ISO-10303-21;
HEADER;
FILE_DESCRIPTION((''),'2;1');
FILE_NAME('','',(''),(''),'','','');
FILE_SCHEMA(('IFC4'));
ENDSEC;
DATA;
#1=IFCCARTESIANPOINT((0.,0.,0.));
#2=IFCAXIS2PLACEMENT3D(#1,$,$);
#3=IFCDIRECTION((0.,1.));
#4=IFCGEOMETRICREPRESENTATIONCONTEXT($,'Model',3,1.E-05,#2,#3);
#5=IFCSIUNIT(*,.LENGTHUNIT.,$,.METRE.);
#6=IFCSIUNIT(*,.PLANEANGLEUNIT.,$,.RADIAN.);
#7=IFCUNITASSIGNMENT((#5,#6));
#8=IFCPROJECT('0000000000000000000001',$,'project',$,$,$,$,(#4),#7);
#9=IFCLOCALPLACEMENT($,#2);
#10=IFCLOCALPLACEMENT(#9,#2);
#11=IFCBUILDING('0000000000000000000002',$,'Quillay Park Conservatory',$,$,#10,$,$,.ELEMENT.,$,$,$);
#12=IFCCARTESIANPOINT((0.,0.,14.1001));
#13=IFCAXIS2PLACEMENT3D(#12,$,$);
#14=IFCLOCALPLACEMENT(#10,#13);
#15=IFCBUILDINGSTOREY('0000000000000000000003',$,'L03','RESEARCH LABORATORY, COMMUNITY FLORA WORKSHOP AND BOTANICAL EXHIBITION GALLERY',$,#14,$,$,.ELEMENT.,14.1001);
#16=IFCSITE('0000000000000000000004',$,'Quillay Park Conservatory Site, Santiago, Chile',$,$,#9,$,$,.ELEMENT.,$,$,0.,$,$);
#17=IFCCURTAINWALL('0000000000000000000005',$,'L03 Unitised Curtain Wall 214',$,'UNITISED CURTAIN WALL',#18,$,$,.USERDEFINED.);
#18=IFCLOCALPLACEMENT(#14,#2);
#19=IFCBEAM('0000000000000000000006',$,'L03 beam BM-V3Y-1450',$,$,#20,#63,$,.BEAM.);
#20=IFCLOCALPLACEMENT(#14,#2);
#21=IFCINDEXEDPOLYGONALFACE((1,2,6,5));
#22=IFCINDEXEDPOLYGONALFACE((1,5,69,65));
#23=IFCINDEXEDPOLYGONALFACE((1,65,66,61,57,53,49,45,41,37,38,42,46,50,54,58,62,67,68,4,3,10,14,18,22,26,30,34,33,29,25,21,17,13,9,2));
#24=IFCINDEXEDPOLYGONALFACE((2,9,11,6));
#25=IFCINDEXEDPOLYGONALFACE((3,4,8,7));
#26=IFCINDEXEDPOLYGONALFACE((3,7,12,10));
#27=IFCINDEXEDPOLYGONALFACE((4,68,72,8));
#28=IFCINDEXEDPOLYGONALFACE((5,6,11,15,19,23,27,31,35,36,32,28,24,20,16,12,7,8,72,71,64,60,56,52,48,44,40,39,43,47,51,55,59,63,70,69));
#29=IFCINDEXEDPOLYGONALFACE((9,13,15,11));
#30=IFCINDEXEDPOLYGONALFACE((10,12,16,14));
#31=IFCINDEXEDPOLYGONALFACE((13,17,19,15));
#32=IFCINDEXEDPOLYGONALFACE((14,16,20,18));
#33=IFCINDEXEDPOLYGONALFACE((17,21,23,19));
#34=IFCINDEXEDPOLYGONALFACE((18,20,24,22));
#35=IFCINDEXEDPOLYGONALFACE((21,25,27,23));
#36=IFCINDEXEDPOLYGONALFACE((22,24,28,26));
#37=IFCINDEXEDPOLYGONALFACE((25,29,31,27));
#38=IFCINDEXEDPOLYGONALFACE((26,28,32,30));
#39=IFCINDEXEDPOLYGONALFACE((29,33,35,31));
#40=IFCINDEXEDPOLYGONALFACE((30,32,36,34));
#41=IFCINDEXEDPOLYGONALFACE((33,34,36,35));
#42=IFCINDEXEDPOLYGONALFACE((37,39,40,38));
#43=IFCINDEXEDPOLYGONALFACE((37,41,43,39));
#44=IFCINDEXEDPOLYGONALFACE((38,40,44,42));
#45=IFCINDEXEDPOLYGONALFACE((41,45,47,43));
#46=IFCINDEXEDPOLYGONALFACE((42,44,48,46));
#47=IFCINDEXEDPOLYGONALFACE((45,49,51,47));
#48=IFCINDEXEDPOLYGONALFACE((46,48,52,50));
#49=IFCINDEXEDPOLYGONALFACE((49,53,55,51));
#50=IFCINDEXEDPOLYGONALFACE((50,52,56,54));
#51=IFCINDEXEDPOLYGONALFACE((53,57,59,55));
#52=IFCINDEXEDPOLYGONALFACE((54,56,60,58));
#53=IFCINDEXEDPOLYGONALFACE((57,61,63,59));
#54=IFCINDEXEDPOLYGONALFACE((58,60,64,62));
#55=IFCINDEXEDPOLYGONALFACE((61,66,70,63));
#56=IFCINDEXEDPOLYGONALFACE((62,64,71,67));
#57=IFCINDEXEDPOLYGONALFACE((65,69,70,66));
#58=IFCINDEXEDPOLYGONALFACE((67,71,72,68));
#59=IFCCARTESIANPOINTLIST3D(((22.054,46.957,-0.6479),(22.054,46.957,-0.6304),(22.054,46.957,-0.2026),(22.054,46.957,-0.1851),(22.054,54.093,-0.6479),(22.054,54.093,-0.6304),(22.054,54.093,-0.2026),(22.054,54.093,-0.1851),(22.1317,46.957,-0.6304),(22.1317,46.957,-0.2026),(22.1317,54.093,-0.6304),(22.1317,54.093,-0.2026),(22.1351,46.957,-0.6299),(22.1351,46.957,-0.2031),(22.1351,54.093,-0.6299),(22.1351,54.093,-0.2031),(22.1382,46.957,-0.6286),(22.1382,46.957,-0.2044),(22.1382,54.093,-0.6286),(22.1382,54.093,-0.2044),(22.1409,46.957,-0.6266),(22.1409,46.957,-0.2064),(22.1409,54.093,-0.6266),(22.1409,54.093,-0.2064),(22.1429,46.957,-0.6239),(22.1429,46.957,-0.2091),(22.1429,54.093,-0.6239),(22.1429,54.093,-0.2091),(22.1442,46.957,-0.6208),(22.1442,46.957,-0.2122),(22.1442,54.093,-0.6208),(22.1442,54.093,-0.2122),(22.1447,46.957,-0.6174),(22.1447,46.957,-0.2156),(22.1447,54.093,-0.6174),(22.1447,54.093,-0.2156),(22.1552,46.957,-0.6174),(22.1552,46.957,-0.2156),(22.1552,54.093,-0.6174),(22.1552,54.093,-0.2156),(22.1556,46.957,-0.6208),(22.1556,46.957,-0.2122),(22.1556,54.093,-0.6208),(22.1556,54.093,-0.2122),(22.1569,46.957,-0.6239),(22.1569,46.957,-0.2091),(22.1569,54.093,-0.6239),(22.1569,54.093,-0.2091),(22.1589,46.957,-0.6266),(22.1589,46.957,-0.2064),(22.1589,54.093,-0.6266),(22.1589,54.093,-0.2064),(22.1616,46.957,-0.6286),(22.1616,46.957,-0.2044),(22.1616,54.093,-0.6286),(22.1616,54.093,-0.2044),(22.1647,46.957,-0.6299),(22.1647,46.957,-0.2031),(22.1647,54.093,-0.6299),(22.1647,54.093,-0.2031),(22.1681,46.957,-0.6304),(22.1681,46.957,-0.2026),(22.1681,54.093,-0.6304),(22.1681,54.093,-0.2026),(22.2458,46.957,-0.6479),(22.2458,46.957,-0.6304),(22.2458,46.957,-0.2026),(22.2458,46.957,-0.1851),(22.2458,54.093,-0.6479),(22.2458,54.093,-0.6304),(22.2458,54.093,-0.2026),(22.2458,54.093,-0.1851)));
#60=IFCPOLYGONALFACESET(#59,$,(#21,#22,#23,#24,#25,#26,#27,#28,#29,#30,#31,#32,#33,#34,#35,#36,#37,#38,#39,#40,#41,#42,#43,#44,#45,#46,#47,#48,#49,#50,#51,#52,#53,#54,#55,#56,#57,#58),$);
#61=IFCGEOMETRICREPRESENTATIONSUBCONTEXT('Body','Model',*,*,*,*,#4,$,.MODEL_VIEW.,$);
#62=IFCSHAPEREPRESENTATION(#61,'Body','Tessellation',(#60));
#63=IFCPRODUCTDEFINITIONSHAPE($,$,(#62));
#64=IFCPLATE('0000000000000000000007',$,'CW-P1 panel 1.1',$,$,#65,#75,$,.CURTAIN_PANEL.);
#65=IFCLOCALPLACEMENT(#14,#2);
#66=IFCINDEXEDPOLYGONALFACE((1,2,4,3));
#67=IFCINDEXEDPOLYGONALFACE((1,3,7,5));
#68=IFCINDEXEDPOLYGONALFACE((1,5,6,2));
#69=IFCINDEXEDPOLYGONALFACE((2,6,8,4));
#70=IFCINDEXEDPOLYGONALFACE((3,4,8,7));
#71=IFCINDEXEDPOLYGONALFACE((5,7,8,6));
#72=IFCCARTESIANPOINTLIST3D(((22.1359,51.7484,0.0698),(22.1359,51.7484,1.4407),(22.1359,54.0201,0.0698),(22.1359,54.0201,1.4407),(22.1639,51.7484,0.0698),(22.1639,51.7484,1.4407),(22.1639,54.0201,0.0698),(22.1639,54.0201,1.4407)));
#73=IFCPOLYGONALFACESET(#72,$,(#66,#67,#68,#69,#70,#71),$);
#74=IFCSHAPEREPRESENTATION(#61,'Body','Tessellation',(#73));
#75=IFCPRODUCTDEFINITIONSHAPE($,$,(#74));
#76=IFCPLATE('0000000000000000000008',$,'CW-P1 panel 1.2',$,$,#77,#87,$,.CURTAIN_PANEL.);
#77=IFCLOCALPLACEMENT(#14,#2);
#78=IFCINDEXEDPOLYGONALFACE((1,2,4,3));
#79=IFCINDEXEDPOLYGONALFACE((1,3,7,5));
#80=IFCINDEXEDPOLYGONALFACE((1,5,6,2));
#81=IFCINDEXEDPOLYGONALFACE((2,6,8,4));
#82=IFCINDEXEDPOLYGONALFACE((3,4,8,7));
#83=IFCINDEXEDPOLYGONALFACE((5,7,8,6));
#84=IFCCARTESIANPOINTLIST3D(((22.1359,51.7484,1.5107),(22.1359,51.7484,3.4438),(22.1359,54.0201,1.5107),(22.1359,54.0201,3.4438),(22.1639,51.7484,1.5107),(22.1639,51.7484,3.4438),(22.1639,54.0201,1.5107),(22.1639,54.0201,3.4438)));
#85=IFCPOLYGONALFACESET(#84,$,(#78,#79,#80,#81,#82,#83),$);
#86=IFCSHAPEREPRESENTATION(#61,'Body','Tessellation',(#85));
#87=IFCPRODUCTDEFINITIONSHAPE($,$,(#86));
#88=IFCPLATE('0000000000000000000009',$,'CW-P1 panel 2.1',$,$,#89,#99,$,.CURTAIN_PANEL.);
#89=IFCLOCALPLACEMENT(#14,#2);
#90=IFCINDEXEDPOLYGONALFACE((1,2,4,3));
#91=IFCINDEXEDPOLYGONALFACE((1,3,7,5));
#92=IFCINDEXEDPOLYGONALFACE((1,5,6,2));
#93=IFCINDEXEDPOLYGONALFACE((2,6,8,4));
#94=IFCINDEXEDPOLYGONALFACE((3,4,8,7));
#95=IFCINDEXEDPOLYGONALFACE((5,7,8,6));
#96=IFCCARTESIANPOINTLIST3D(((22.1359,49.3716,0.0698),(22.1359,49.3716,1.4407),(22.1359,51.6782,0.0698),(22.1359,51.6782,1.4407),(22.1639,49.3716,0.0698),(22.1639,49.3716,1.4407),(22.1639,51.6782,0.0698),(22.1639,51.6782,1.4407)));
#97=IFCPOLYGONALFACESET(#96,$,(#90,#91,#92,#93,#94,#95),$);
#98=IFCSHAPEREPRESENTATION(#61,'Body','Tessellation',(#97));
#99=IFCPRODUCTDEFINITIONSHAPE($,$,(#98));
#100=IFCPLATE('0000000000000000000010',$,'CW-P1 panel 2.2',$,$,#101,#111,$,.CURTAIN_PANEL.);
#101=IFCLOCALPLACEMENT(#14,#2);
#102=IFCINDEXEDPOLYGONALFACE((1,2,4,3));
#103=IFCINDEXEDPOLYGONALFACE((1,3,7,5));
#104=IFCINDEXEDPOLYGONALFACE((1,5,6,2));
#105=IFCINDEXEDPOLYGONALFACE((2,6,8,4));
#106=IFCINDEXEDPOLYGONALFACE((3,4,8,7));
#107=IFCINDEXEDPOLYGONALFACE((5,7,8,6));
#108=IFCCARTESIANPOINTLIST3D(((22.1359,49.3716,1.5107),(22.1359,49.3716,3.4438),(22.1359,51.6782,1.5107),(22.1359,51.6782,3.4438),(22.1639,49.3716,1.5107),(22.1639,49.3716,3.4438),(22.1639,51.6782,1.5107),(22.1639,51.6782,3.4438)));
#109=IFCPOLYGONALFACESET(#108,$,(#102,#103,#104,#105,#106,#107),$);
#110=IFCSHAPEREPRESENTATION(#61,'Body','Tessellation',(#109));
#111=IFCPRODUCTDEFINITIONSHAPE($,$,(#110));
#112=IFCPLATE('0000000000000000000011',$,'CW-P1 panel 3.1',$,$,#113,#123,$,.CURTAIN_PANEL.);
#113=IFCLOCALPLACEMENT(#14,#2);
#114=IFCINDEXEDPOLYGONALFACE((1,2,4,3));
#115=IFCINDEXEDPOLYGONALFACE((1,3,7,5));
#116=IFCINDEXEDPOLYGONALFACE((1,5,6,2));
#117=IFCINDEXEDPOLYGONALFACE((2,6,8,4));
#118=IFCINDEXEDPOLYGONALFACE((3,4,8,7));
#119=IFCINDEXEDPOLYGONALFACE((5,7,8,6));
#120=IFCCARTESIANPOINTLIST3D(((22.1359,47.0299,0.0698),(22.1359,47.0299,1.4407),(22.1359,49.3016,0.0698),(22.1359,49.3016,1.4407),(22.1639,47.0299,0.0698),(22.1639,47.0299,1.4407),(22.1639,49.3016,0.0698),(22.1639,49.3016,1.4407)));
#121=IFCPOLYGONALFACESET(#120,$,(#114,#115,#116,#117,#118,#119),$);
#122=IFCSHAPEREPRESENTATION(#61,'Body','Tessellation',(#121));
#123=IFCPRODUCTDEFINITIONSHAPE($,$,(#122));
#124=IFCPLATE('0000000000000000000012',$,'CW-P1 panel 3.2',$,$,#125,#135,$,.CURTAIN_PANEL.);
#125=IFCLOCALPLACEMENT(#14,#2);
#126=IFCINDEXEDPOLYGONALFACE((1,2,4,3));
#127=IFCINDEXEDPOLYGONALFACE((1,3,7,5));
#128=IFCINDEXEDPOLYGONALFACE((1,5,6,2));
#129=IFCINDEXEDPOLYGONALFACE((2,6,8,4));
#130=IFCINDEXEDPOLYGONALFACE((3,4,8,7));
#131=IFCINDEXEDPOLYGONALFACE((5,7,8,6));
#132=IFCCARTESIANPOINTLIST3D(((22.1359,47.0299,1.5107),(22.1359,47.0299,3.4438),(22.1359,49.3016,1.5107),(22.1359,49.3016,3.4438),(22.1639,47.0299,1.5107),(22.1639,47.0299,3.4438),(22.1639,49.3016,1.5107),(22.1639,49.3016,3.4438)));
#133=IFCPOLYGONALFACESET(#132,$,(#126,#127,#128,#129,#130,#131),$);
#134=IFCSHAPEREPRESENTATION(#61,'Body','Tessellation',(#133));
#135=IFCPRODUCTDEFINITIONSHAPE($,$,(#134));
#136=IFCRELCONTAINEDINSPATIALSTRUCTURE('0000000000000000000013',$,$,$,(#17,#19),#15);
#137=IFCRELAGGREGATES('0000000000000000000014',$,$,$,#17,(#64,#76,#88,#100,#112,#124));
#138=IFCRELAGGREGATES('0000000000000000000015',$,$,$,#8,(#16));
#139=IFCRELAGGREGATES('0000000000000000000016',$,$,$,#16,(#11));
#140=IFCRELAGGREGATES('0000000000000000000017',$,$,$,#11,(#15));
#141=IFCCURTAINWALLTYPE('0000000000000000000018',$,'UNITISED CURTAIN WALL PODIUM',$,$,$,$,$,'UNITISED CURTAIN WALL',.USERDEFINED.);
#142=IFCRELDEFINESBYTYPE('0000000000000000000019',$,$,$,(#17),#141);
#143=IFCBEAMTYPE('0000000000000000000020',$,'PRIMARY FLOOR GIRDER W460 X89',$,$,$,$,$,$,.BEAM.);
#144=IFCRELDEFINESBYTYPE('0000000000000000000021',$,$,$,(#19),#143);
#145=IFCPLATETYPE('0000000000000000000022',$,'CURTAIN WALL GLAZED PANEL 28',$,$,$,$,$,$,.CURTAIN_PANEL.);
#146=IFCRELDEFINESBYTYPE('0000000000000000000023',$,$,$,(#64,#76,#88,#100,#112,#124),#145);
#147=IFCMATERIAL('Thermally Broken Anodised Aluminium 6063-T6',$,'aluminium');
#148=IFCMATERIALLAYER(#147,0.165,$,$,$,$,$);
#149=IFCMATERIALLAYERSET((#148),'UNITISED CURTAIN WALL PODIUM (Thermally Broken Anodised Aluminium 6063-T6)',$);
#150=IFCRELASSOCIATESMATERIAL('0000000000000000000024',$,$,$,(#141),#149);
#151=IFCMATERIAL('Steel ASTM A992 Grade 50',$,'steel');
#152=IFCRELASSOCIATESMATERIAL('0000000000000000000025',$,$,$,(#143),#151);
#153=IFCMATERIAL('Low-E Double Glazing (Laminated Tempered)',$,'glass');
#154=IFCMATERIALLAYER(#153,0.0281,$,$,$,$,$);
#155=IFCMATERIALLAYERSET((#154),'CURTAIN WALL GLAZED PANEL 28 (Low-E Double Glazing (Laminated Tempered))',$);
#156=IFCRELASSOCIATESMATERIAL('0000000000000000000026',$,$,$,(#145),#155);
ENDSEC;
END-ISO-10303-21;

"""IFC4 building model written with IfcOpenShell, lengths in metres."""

from ifc_helpers import new_model, si_unit, direction, frame, origin, origin_2d, place, context, subcontext, project, spatial, rectangle, i_section, extrude, material, layer, layer_set, material_profile, profile_set, type_object, element, aggregate, save


model = new_model("IFC4")

# Units and contexts
model_context = context("Model", 3, precision=1e-05, world=origin(), true_north=direction((0.0, 1.0)))
body_context = subcontext(model_context, "Body", "Model", "MODEL_VIEW")
ifc_project = project(units=[si_unit("LENGTHUNIT", "METRE"), si_unit("PLANEANGLEUNIT", "RADIAN")], contexts=[model_context])

# Site, building, storey
site_placement = place(None, origin())
site = spatial("IfcSite", under=ifc_project, at=site_placement, Name="Quillay Park Conservatory Site, Santiago, Chile", CompositionType="ELEMENT", RefElevation=0.0)
building_placement = place(site_placement, origin())
building = spatial("IfcBuilding", under=site, at=building_placement, Name="Quillay Park Conservatory", CompositionType="ELEMENT")
storey_placement = place(building_placement, frame((0.0, 0.0, 14.1001)))
storey = spatial("IfcBuildingStorey", under=building, at=storey_placement, Name="L03", Description="RESEARCH LABORATORY, COMMUNITY FLORA WORKSHOP AND BOTANICAL EXHIBITION GALLERY", CompositionType="ELEMENT", Elevation=14.1001)

# Shared definitions
ifc_material_1 = material(Name="Thermally Broken Anodised Aluminium 6063-T6", Category="aluminium")
ifc_layer_1 = layer(ifc_material_1, 0.165)
ifc_layer_set_1 = layer_set([ifc_layer_1], Name="UNITISED CURTAIN WALL PODIUM (Thermally Broken Anodised Aluminium 6063-T6)")
curtain_wall_type = type_object("IfcCurtainWallType", Name="UNITISED CURTAIN WALL PODIUM", ElementType="UNITISED CURTAIN WALL", PredefinedType="USERDEFINED", material=ifc_layer_set_1)

# Curtain wall
curtain_wall_1_placement = place(storey_placement, origin())
curtain_wall_1 = element("IfcCurtainWall", 1, at=curtain_wall_1_placement, inside=storey, type_object=curtain_wall_type, Name="L03 Unitised Curtain Wall 214", ObjectType="UNITISED CURTAIN WALL", PredefinedType="USERDEFINED")

# Beam
ifc_material_2 = material(Name="Steel ASTM A992 Grade 50", Category="steel")
ifc_material_profile_1 = material_profile(ifc_material_2, i_section(OverallWidth=0.1919, OverallDepth=0.4629, WebThickness=0.0105, FlangeThickness=0.0176, FilletRadius=0.0129, at=origin_2d()), Name="W460x89")
ifc_profile_set_1 = profile_set([ifc_material_profile_1], Name="Steel ASTM A992 Grade 50")
beam_type = type_object("IfcBeamType", Name="PRIMARY FLOOR GIRDER W460 X89", PredefinedType="BEAM", material=ifc_profile_set_1)
beam_placement = place(storey_placement, frame((22.1499, 46.957, -0.4165), z_axis=(0.0, 1.0, 0.0), x_axis=(-1.0, 0.0, 0.0)))
element("IfcBeam", 2, at=beam_placement, inside=storey, type_object=beam_type, Name="L03 beam BM-V3Y-1450", PredefinedType="BEAM", context=body_context, shape_type="SweptSolid", body=[
    extrude(i_section(OverallWidth=0.1919, OverallDepth=0.4629, WebThickness=0.0105, FlangeThickness=0.0176, FilletRadius=0.0129, at=origin_2d()), origin(), (0.0, 0.0, 1.0), 7.136),
])

# Plates
ifc_material_3 = material(Name="Low-E Double Glazing (Laminated Tempered)", Category="glass")
ifc_layer_2 = layer(ifc_material_3, 0.0281)
ifc_layer_set_2 = layer_set([ifc_layer_2], Name="CURTAIN WALL GLAZED PANEL 28 (Low-E Double Glazing (Laminated Tempered))")
plate_type = type_object("IfcPlateType", Name="CURTAIN WALL GLAZED PANEL 28", PredefinedType="CURTAIN_PANEL", material=ifc_layer_set_2)
plate_1_placement = place(storey_placement, frame((22.1499, 52.8843, 0.0698), z_axis=(0.0, 0.0, 1.0), x_axis=(0.0, -1.0, 0.0)))
plate_1 = element("IfcPlate", 3, at=plate_1_placement, type_object=plate_type, Name="CW-P1 panel 1.1", PredefinedType="CURTAIN_PANEL", context=body_context, shape_type="SweptSolid", body=[
    extrude(rectangle(XDim=2.2717, YDim=0.0281, at=origin_2d()), origin(), (0.0, 0.0, 1.0), 1.3708),
])
plate_2_placement = place(storey_placement, frame((22.1499, 52.8843, 1.5107), z_axis=(0.0, 0.0, 1.0), x_axis=(0.0, -1.0, 0.0)))
plate_2 = element("IfcPlate", 4, at=plate_2_placement, type_object=plate_type, Name="CW-P1 panel 1.2", PredefinedType="CURTAIN_PANEL", context=body_context, shape_type="SweptSolid", body=[
    extrude(rectangle(XDim=2.2717, YDim=0.0281, at=origin_2d()), origin(), (0.0, 0.0, 1.0), 1.9331),
])
plate_3_placement = place(storey_placement, frame((22.1499, 50.5249, 0.0698), z_axis=(0.0, 0.0, 1.0), x_axis=(0.0, -1.0, 0.0)))
plate_3 = element("IfcPlate", 5, at=plate_3_placement, type_object=plate_type, Name="CW-P1 panel 2.1", PredefinedType="CURTAIN_PANEL", context=body_context, shape_type="SweptSolid", body=[
    extrude(rectangle(XDim=2.3066, YDim=0.0281, at=origin_2d()), origin(), (0.0, 0.0, 1.0), 1.3708),
])
plate_4_placement = place(storey_placement, frame((22.1499, 50.5249, 1.5107), z_axis=(0.0, 0.0, 1.0), x_axis=(0.0, -1.0, 0.0)))
plate_4 = element("IfcPlate", 6, at=plate_4_placement, type_object=plate_type, Name="CW-P1 panel 2.2", PredefinedType="CURTAIN_PANEL", context=body_context, shape_type="SweptSolid", body=[
    extrude(rectangle(XDim=2.3066, YDim=0.0281, at=origin_2d()), origin(), (0.0, 0.0, 1.0), 1.9331),
])
plate_5_placement = place(storey_placement, frame((22.1499, 48.1658, 0.0698), z_axis=(0.0, 0.0, 1.0), x_axis=(0.0, -1.0, 0.0)))
plate_5 = element("IfcPlate", 7, at=plate_5_placement, type_object=plate_type, Name="CW-P1 panel 3.1", PredefinedType="CURTAIN_PANEL", context=body_context, shape_type="SweptSolid", body=[
    extrude(rectangle(XDim=2.2717, YDim=0.0281, at=origin_2d()), origin(), (0.0, 0.0, 1.0), 1.3708),
])
plate_6_placement = place(storey_placement, frame((22.1499, 48.1658, 1.5107), z_axis=(0.0, 0.0, 1.0), x_axis=(0.0, -1.0, 0.0)))
plate_6 = element("IfcPlate", 8, at=plate_6_placement, type_object=plate_type, Name="CW-P1 panel 3.2", PredefinedType="CURTAIN_PANEL", context=body_context, shape_type="SweptSolid", body=[
    extrude(rectangle(XDim=2.2717, YDim=0.0281, at=origin_2d()), origin(), (0.0, 0.0, 1.0), 1.9331),
])
aggregate(curtain_wall_1, [plate_1, plate_2, plate_3, plate_4, plate_5, plate_6])

save(model, "model.ifc")
